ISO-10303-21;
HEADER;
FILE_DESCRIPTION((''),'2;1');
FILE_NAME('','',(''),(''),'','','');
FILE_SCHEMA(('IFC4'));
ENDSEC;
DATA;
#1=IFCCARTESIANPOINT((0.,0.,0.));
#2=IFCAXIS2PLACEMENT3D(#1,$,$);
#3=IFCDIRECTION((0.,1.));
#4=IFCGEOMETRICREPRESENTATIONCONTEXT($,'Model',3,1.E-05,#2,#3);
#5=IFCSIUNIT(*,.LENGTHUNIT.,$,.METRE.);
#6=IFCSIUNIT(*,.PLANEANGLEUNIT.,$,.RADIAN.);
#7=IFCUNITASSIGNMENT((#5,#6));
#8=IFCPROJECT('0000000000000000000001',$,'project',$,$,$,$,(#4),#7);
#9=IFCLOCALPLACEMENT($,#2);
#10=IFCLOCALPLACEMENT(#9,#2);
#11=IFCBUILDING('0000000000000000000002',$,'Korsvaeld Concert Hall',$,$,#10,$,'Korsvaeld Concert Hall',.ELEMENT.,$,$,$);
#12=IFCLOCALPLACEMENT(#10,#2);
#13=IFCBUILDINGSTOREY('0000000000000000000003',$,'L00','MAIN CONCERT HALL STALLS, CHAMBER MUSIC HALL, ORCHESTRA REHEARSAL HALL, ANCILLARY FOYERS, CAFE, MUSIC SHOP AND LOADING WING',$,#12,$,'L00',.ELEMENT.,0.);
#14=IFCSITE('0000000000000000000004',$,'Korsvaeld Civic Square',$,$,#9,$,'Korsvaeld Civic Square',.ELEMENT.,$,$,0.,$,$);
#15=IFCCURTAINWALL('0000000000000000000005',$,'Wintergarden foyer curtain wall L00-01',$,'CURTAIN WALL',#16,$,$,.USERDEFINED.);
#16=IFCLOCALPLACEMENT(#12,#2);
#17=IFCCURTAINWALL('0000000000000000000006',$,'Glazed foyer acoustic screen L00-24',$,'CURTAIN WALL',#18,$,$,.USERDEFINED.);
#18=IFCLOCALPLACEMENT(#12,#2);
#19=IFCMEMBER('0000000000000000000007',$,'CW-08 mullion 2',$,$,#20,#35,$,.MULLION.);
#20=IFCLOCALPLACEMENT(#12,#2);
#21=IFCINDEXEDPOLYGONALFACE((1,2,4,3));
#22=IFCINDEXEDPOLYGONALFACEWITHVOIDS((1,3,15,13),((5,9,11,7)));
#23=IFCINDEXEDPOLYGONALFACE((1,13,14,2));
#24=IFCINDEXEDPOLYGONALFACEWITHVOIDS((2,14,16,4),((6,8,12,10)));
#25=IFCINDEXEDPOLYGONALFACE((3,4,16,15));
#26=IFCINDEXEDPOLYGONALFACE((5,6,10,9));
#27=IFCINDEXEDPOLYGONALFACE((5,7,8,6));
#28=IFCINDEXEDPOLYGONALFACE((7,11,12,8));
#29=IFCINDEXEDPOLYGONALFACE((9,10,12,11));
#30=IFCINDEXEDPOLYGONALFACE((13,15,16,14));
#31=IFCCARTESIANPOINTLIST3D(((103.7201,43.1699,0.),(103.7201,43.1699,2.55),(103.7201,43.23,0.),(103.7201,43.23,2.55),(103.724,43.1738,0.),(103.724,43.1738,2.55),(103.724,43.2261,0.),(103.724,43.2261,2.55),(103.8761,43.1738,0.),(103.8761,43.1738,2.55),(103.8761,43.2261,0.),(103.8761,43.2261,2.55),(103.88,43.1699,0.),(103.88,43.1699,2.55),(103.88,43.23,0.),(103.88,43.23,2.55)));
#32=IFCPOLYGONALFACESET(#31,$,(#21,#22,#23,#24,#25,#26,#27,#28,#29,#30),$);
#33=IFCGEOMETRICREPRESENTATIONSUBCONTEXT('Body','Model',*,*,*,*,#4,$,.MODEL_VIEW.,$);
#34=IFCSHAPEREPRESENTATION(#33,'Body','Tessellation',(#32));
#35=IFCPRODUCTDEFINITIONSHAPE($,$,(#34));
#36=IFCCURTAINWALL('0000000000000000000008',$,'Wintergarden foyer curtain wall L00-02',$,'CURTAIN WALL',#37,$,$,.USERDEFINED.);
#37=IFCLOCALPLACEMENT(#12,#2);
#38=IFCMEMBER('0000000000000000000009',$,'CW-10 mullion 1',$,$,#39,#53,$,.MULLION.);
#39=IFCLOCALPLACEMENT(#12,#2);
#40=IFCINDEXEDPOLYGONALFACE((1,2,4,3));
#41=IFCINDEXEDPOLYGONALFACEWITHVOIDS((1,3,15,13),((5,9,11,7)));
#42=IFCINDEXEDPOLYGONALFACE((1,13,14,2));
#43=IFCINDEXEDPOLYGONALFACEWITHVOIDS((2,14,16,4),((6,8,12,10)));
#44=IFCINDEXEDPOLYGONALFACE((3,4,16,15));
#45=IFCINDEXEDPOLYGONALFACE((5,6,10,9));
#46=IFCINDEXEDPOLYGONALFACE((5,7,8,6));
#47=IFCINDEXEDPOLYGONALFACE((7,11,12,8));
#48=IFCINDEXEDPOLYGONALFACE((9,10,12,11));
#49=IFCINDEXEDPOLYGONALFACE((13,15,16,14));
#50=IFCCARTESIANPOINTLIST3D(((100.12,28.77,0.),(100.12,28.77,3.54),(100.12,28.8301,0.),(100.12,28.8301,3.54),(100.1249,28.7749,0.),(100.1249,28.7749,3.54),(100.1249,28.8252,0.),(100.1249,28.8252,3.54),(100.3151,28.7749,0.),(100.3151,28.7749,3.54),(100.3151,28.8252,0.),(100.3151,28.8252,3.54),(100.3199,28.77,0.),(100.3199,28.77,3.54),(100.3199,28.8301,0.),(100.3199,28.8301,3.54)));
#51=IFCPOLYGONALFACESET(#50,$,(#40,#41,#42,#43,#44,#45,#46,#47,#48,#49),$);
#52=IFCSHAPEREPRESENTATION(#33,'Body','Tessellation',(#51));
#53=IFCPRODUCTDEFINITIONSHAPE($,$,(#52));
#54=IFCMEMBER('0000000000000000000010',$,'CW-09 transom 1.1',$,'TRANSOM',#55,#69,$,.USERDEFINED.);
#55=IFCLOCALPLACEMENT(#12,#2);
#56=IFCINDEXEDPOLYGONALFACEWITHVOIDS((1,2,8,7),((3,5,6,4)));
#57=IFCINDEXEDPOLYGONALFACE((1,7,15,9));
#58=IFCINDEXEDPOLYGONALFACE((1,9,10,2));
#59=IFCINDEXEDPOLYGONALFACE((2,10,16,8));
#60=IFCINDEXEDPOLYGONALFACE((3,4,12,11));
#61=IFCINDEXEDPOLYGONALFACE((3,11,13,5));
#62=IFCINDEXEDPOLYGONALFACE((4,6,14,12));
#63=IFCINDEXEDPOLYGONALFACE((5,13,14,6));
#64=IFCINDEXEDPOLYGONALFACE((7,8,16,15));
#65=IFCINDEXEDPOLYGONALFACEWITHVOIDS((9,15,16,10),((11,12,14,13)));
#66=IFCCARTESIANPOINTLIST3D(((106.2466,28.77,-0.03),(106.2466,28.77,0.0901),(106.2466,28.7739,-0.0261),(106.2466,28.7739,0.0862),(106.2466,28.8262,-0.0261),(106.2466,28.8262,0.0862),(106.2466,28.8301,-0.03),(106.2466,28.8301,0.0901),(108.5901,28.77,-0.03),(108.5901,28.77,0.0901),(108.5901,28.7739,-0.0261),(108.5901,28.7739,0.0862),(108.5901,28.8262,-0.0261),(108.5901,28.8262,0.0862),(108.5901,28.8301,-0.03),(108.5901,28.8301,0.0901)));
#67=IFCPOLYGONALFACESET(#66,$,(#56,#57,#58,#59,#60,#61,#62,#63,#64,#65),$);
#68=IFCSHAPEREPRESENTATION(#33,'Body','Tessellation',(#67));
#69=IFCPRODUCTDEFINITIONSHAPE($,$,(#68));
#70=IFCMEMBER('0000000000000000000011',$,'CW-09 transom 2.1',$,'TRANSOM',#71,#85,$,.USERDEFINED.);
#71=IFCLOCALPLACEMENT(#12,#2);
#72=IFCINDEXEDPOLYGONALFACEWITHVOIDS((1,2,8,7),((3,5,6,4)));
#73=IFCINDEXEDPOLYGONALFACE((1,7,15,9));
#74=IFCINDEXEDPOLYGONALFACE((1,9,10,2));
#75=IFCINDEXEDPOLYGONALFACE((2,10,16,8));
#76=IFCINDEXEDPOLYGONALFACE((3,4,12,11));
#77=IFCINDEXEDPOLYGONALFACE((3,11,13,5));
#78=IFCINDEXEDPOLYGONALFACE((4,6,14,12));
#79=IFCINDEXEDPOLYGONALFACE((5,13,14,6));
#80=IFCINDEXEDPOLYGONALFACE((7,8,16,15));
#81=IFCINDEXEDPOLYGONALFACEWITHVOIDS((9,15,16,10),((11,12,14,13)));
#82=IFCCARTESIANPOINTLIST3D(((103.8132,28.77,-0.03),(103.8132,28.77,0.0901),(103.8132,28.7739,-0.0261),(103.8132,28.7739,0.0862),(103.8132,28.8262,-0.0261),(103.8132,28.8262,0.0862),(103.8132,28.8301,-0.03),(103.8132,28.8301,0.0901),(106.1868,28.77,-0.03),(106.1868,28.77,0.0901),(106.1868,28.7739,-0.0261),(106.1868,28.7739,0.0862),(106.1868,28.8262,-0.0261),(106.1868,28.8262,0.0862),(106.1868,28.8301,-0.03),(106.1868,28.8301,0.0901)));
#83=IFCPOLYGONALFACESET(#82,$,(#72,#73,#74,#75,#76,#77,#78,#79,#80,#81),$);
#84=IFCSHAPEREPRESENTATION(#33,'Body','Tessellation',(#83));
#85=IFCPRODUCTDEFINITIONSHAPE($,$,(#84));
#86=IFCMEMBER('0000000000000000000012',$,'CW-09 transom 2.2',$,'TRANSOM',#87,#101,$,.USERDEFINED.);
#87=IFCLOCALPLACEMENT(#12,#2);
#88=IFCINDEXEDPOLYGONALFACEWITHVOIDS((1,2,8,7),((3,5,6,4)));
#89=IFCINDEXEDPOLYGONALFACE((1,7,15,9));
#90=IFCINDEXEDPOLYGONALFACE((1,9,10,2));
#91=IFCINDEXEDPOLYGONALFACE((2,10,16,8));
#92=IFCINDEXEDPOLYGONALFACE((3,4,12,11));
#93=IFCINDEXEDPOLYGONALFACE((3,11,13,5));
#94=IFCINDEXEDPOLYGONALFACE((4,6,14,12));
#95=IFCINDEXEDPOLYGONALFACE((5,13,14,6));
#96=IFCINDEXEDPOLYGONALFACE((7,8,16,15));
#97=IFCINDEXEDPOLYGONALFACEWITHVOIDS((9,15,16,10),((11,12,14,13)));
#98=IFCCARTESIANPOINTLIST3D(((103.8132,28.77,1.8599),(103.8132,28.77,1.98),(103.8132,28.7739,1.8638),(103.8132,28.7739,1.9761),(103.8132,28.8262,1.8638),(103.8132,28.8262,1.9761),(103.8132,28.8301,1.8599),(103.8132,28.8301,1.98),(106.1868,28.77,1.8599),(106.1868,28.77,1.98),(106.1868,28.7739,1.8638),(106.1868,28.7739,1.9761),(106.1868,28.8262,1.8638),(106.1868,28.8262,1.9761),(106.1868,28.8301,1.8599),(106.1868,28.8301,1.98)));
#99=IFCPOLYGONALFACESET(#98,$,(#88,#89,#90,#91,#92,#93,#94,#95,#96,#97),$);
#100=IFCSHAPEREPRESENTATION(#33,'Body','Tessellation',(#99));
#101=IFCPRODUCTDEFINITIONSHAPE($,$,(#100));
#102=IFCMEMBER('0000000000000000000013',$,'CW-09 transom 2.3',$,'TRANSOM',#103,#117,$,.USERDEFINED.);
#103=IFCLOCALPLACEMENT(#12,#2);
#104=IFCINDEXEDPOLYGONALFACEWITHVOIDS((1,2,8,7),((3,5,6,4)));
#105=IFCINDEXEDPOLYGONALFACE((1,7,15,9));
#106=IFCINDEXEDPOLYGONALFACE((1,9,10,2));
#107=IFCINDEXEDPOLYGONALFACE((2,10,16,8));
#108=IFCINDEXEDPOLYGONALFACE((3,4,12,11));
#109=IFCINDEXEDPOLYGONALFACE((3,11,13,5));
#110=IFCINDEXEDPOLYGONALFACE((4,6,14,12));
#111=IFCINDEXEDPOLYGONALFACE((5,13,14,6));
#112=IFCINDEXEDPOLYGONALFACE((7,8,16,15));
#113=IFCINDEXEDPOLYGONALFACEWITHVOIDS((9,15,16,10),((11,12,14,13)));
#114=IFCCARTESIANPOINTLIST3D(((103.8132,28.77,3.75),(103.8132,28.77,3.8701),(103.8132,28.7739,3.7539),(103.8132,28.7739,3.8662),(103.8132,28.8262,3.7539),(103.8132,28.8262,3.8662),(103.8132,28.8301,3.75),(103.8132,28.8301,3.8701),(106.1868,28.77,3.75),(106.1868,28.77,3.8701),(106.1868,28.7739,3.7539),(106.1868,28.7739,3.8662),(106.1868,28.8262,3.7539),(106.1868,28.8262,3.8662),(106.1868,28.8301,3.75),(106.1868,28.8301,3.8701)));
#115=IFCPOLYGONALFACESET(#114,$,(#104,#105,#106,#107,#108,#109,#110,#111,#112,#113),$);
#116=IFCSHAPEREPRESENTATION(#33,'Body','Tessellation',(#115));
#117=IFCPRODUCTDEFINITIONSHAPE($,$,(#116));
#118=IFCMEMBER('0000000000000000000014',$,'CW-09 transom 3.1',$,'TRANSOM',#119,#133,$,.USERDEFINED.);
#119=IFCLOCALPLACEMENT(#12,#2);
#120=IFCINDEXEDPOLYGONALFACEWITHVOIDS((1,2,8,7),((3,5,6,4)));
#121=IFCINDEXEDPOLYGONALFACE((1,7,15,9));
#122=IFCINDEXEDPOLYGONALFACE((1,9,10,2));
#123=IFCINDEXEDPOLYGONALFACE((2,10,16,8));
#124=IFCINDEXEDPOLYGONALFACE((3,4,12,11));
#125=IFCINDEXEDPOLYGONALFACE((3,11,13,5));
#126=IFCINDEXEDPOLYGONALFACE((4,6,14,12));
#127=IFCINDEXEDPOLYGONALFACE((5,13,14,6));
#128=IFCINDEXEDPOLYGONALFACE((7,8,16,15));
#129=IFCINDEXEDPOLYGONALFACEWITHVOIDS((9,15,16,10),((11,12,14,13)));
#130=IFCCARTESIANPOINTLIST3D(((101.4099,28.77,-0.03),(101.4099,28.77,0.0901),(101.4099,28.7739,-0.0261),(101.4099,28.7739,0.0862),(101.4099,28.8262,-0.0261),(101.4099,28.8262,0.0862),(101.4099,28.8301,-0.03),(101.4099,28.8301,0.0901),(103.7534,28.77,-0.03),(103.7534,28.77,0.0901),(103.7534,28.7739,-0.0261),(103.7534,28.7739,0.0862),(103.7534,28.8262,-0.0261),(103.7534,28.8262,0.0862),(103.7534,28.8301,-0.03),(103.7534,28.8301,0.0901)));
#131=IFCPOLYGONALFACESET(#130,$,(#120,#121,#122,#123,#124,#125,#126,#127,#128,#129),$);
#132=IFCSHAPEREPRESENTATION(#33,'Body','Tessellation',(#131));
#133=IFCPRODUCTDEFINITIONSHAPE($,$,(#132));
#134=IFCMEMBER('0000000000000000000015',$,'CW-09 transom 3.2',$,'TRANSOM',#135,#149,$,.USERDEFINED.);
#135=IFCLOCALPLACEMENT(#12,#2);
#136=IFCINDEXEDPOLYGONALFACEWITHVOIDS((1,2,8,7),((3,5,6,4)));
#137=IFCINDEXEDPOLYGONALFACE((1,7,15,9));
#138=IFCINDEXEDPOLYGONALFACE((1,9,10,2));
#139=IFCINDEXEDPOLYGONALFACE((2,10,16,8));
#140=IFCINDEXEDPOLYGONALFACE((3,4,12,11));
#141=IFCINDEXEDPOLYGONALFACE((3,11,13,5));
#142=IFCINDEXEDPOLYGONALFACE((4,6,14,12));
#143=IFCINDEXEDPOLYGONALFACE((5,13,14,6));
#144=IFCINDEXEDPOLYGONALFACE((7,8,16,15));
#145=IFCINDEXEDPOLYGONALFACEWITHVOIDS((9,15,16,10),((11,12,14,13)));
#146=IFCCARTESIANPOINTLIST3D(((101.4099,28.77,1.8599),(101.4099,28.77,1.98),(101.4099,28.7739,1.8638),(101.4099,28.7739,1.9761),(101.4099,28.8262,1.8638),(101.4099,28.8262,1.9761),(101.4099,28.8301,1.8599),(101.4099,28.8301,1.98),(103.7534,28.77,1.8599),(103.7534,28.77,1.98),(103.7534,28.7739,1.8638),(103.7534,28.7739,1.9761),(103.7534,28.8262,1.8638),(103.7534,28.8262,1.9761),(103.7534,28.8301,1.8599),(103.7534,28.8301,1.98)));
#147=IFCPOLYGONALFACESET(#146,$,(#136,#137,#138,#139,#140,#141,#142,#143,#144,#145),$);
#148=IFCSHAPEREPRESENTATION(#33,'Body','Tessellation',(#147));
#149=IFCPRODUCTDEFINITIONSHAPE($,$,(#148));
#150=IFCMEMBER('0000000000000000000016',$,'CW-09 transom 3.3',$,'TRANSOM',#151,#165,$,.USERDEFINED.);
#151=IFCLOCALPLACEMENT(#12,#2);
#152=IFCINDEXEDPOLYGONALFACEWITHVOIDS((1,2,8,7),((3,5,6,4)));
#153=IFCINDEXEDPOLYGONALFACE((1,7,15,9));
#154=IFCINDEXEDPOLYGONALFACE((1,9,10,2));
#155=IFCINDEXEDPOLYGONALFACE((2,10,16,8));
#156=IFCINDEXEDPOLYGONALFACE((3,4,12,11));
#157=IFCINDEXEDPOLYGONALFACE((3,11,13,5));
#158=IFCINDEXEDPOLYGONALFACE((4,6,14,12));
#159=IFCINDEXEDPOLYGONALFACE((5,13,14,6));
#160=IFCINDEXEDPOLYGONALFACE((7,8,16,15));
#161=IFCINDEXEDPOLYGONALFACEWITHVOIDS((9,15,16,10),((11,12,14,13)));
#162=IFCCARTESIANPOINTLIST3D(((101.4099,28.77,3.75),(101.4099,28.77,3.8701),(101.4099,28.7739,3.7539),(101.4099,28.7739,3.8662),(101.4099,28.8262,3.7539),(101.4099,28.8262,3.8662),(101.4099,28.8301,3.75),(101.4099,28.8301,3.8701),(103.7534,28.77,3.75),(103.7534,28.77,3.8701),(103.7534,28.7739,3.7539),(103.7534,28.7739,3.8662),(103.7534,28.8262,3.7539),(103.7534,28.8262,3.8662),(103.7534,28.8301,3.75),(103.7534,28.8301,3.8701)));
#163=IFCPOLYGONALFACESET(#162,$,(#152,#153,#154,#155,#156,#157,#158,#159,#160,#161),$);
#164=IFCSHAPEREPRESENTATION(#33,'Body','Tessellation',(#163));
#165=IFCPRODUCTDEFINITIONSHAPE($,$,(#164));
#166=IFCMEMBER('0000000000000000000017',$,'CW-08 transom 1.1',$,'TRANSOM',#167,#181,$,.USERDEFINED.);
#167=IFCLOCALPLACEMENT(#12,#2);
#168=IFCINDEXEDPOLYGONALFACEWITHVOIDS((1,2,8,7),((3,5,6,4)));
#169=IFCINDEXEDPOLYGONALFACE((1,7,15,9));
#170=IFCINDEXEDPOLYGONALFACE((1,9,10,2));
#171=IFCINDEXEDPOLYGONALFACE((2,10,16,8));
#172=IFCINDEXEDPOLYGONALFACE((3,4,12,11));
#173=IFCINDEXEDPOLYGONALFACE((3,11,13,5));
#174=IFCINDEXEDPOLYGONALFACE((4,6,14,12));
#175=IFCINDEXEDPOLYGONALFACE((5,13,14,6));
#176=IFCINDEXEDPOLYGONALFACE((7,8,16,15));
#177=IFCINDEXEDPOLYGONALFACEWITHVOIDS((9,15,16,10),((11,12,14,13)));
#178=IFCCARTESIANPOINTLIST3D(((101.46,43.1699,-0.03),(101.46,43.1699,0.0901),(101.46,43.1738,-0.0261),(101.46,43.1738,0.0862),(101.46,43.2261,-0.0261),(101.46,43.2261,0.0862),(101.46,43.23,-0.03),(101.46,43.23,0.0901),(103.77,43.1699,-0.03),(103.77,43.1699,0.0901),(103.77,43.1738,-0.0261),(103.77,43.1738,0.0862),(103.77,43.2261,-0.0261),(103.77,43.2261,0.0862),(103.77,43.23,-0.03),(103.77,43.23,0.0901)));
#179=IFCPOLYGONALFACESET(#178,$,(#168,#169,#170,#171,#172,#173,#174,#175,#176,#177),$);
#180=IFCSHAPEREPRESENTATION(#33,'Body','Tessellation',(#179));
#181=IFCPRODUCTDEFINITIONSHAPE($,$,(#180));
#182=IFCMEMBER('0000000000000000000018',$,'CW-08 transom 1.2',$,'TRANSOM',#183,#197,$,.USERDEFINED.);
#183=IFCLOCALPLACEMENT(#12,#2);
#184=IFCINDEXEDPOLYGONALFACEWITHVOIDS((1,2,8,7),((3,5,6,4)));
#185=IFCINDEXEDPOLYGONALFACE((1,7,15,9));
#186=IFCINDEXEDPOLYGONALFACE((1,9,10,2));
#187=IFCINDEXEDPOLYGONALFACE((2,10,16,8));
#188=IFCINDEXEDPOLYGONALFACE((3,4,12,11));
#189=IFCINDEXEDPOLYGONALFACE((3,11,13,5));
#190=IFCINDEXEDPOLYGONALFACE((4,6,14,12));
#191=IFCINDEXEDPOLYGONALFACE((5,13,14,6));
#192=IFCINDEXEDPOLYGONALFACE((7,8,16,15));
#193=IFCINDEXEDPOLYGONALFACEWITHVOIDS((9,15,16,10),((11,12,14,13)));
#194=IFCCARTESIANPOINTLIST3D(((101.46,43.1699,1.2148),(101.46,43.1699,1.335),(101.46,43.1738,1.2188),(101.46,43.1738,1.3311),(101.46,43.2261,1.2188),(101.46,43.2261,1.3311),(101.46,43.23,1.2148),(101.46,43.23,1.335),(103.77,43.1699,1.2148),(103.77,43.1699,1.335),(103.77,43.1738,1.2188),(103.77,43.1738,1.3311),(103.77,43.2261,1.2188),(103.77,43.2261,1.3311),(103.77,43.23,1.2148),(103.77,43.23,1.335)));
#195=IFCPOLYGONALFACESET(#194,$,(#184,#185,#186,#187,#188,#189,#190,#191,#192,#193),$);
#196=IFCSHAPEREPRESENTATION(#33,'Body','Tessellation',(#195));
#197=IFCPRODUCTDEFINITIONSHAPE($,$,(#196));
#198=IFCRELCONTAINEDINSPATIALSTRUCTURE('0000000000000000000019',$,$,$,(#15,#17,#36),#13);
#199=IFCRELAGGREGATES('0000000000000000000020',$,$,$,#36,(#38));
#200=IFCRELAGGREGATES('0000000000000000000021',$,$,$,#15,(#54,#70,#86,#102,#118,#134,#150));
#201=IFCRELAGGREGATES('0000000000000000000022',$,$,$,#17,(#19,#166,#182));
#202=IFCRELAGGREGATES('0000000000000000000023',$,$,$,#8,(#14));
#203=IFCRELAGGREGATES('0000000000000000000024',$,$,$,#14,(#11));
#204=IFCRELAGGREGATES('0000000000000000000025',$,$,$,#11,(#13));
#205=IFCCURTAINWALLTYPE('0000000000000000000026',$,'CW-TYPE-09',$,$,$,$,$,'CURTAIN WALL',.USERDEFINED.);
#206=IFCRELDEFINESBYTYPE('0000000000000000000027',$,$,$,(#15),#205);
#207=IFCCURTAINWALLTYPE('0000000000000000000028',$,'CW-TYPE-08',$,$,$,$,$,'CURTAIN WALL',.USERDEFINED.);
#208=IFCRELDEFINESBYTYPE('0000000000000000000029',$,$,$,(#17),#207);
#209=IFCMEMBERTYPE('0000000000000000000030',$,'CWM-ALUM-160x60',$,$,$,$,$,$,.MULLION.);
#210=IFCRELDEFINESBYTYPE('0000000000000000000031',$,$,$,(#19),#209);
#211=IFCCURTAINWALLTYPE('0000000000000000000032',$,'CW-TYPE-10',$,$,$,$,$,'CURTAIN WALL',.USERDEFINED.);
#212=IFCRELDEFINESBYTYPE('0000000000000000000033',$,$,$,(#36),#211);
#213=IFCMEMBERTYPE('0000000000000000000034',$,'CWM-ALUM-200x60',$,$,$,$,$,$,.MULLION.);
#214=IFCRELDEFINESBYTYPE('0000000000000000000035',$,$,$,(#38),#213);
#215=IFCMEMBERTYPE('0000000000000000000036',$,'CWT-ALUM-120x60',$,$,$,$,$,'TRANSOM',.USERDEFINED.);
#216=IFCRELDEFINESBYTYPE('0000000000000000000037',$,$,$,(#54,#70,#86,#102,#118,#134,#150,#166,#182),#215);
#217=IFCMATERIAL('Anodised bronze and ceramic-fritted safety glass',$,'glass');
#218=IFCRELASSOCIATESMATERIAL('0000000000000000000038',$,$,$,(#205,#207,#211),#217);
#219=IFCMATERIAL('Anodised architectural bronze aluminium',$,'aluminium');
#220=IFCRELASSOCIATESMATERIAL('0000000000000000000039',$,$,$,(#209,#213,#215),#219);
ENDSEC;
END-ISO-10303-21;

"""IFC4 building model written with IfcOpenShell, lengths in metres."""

from ifc_helpers import new_model, si_unit, direction, frame, origin, origin_2d, place, context, subcontext, project, spatial, hollow_rectangle, extrude, material, material_profile, profile_set, type_object, element, aggregate, save


model = new_model("IFC4")

# Units and contexts
model_context = context("Model", 3, precision=1e-05, world=origin(), true_north=direction((0.0, 1.0)))
body_context = subcontext(model_context, "Body", "Model", "MODEL_VIEW")
ifc_project = project(units=[si_unit("LENGTHUNIT", "METRE"), si_unit("PLANEANGLEUNIT", "RADIAN")], contexts=[model_context])

# Site, building, storey
site_placement = place(None, origin())
site = spatial("IfcSite", under=ifc_project, at=site_placement, Name="Korsvaeld Civic Square", LongName="Korsvaeld Civic Square", CompositionType="ELEMENT", RefElevation=0.0)
building_placement = place(site_placement, origin())
building = spatial("IfcBuilding", under=site, at=building_placement, Name="Korsvaeld Concert Hall", LongName="Korsvaeld Concert Hall", CompositionType="ELEMENT")
storey_placement = place(building_placement, origin())
storey = spatial("IfcBuildingStorey", under=building, at=storey_placement, Name="L00", Description="MAIN CONCERT HALL STALLS, CHAMBER MUSIC HALL, ORCHESTRA REHEARSAL HALL, ANCILLARY FOYERS, CAFE, MUSIC SHOP AND LOADING WING", LongName="L00", CompositionType="ELEMENT", Elevation=0.0)

# Curtain walls, member
ifc_material_1 = material(Name="Anodised bronze and ceramic-fritted safety glass", Category="glass")
curtain_wall_type_1 = type_object("IfcCurtainWallType", Name="CW-TYPE-09", ElementType="CURTAIN WALL", PredefinedType="USERDEFINED", material=ifc_material_1)
curtain_wall_1_placement = place(storey_placement, origin())
curtain_wall_1 = element("IfcCurtainWall", 1, at=curtain_wall_1_placement, inside=storey, type_object=curtain_wall_type_1, Name="Wintergarden foyer curtain wall L00-01", ObjectType="CURTAIN WALL", PredefinedType="USERDEFINED")
ifc_material_2 = material(Name="Anodised architectural bronze aluminium", Category="aluminium")
ifc_material_profile_1 = material_profile(ifc_material_2, hollow_rectangle(XDim=0.0601, YDim=0.1599, WallThickness=0.0039, at=origin_2d()), Name="CWM 160x60x4")
ifc_profile_set_1 = profile_set([ifc_material_profile_1], Name="Anodised architectural bronze aluminium")
member_type_1 = type_object("IfcMemberType", Name="CWM-ALUM-160x60", PredefinedType="MULLION", material=ifc_profile_set_1)
curtain_wall_type_2 = type_object("IfcCurtainWallType", Name="CW-TYPE-08", ElementType="CURTAIN WALL", PredefinedType="USERDEFINED", material=ifc_material_1)
curtain_wall_2_placement = place(storey_placement, origin())
curtain_wall_2 = element("IfcCurtainWall", 2, at=curtain_wall_2_placement, inside=storey, type_object=curtain_wall_type_2, Name="Glazed foyer acoustic screen L00-24", ObjectType="CURTAIN WALL", PredefinedType="USERDEFINED")
member_1_placement = place(storey_placement, frame((103.8, 43.2, 0.0), z_axis=(0.0, 0.0, 1.0), x_axis=(0.0, 1.0, 0.0)))
member_1 = element("IfcMember", 3, at=member_1_placement, type_object=member_type_1, Name="CW-08 mullion 2", PredefinedType="MULLION", context=body_context, shape_type="SweptSolid", body=[
    extrude(hollow_rectangle(XDim=0.0601, YDim=0.1599, WallThickness=0.0039, at=origin_2d()), origin(), (0.0, 0.0, 1.0), 2.55),
])

# Curtain wall, member
curtain_wall_type_3 = type_object("IfcCurtainWallType", Name="CW-TYPE-10", ElementType="CURTAIN WALL", PredefinedType="USERDEFINED", material=ifc_material_1)
curtain_wall_3_placement = place(storey_placement, origin())
curtain_wall_3 = element("IfcCurtainWall", 4, at=curtain_wall_3_placement, inside=storey, type_object=curtain_wall_type_3, Name="Wintergarden foyer curtain wall L00-02", ObjectType="CURTAIN WALL", PredefinedType="USERDEFINED")
ifc_material_profile_2 = material_profile(ifc_material_2, hollow_rectangle(XDim=0.0601, YDim=0.2, WallThickness=0.0049, at=origin_2d()), Name="CWM 200x60x5")
ifc_profile_set_2 = profile_set([ifc_material_profile_2], Name="Anodised architectural bronze aluminium")
member_type_2 = type_object("IfcMemberType", Name="CWM-ALUM-200x60", PredefinedType="MULLION", material=ifc_profile_set_2)
member_2_placement = place(storey_placement, frame((100.22, 28.8, 0.0), z_axis=(0.0, 0.0, 1.0), x_axis=(0.0, -1.0, 0.0)))
member_2 = element("IfcMember", 5, at=member_2_placement, type_object=member_type_2, Name="CW-10 mullion 1", PredefinedType="MULLION", context=body_context, shape_type="SweptSolid", body=[
    extrude(hollow_rectangle(XDim=0.0601, YDim=0.2, WallThickness=0.0049, at=origin_2d()), origin(), (0.0, 0.0, 1.0), 3.54),
])
aggregate(curtain_wall_3, [member_2])

# Members
ifc_material_profile_3 = material_profile(ifc_material_2, hollow_rectangle(XDim=0.0601, YDim=0.1201, WallThickness=0.0039, at=origin_2d()), Name="CWT 120x60x4")
ifc_profile_set_3 = profile_set([ifc_material_profile_3], Name="Anodised architectural bronze aluminium")
member_type_3 = type_object("IfcMemberType", Name="CWT-ALUM-120x60", ElementType="TRANSOM", PredefinedType="USERDEFINED", material=ifc_profile_set_3)
member_3_placement = place(storey_placement, frame((108.5901, 28.8, 0.03), z_axis=(-1.0, 0.0, 0.0), x_axis=(0.0, -1.0, 0.0)))
member_3 = element("IfcMember", 6, at=member_3_placement, type_object=member_type_3, Name="CW-09 transom 1.1", ObjectType="TRANSOM", PredefinedType="USERDEFINED", context=body_context, shape_type="SweptSolid", body=[
    extrude(hollow_rectangle(XDim=0.0601, YDim=0.1201, WallThickness=0.0039, at=origin_2d()), origin(), (0.0, 0.0, 1.0), 2.3435),
])
member_4_placement = place(storey_placement, frame((106.1868, 28.8, 0.03), z_axis=(-1.0, 0.0, 0.0), x_axis=(0.0, -1.0, 0.0)))
member_4 = element("IfcMember", 7, at=member_4_placement, type_object=member_type_3, Name="CW-09 transom 2.1", ObjectType="TRANSOM", PredefinedType="USERDEFINED", context=body_context, shape_type="SweptSolid", body=[
    extrude(hollow_rectangle(XDim=0.0601, YDim=0.1201, WallThickness=0.0039, at=origin_2d()), origin(), (0.0, 0.0, 1.0), 2.3735),
])
member_5_placement = place(storey_placement, frame((106.1868, 28.8, 1.9199), z_axis=(-1.0, 0.0, 0.0), x_axis=(0.0, -1.0, 0.0)))
member_5 = element("IfcMember", 8, at=member_5_placement, type_object=member_type_3, Name="CW-09 transom 2.2", ObjectType="TRANSOM", PredefinedType="USERDEFINED", context=body_context, shape_type="SweptSolid", body=[
    extrude(hollow_rectangle(XDim=0.0601, YDim=0.1201, WallThickness=0.0039, at=origin_2d()), origin(), (0.0, 0.0, 1.0), 2.3735),
])
member_6_placement = place(storey_placement, frame((106.1868, 28.8, 3.8101), z_axis=(-1.0, 0.0, 0.0), x_axis=(0.0, -1.0, 0.0)))
member_6 = element("IfcMember", 9, at=member_6_placement, type_object=member_type_3, Name="CW-09 transom 2.3", ObjectType="TRANSOM", PredefinedType="USERDEFINED", context=body_context, shape_type="SweptSolid", body=[
    extrude(hollow_rectangle(XDim=0.0601, YDim=0.1201, WallThickness=0.0039, at=origin_2d()), origin(), (0.0, 0.0, 1.0), 2.3735),
])
member_7_placement = place(storey_placement, frame((103.7534, 28.8, 0.03), z_axis=(-1.0, 0.0, 0.0), x_axis=(0.0, -1.0, 0.0)))
member_7 = element("IfcMember", 10, at=member_7_placement, type_object=member_type_3, Name="CW-09 transom 3.1", ObjectType="TRANSOM", PredefinedType="USERDEFINED", context=body_context, shape_type="SweptSolid", body=[
    extrude(hollow_rectangle(XDim=0.0601, YDim=0.1201, WallThickness=0.0039, at=origin_2d()), origin(), (0.0, 0.0, 1.0), 2.3435),
])
member_8_placement = place(storey_placement, frame((103.7534, 28.8, 1.9199), z_axis=(-1.0, 0.0, 0.0), x_axis=(0.0, -1.0, 0.0)))
member_8 = element("IfcMember", 11, at=member_8_placement, type_object=member_type_3, Name="CW-09 transom 3.2", ObjectType="TRANSOM", PredefinedType="USERDEFINED", context=body_context, shape_type="SweptSolid", body=[
    extrude(hollow_rectangle(XDim=0.0601, YDim=0.1201, WallThickness=0.0039, at=origin_2d()), origin(), (0.0, 0.0, 1.0), 2.3435),
])
member_9_placement = place(storey_placement, frame((103.7534, 28.8, 3.8101), z_axis=(-1.0, 0.0, 0.0), x_axis=(0.0, -1.0, 0.0)))
member_9 = element("IfcMember", 12, at=member_9_placement, type_object=member_type_3, Name="CW-09 transom 3.3", ObjectType="TRANSOM", PredefinedType="USERDEFINED", context=body_context, shape_type="SweptSolid", body=[
    extrude(hollow_rectangle(XDim=0.0601, YDim=0.1201, WallThickness=0.0039, at=origin_2d()), origin(), (0.0, 0.0, 1.0), 2.3435),
])
member_10_placement = place(storey_placement, frame((101.46, 43.2, 0.03), z_axis=(1.0, 0.0, 0.0), x_axis=(0.0, 1.0, 0.0)))
member_10 = element("IfcMember", 13, at=member_10_placement, type_object=member_type_3, Name="CW-08 transom 1.1", ObjectType="TRANSOM", PredefinedType="USERDEFINED", context=body_context, shape_type="SweptSolid", body=[
    extrude(hollow_rectangle(XDim=0.0601, YDim=0.1201, WallThickness=0.0039, at=origin_2d()), origin(), (0.0, 0.0, 1.0), 2.3101),
])
member_11_placement = place(storey_placement, frame((101.46, 43.2, 1.2749), z_axis=(1.0, 0.0, 0.0), x_axis=(0.0, 1.0, 0.0)))
member_11 = element("IfcMember", 14, at=member_11_placement, type_object=member_type_3, Name="CW-08 transom 1.2", ObjectType="TRANSOM", PredefinedType="USERDEFINED", context=body_context, shape_type="SweptSolid", body=[
    extrude(hollow_rectangle(XDim=0.0601, YDim=0.1201, WallThickness=0.0039, at=origin_2d()), origin(), (0.0, 0.0, 1.0), 2.3101),
])

aggregate(curtain_wall_1, [member_3, member_4, member_5, member_6, member_7, member_8, member_9])
aggregate(curtain_wall_2, [member_1, member_10, member_11])

save(model, "model.ifc")
